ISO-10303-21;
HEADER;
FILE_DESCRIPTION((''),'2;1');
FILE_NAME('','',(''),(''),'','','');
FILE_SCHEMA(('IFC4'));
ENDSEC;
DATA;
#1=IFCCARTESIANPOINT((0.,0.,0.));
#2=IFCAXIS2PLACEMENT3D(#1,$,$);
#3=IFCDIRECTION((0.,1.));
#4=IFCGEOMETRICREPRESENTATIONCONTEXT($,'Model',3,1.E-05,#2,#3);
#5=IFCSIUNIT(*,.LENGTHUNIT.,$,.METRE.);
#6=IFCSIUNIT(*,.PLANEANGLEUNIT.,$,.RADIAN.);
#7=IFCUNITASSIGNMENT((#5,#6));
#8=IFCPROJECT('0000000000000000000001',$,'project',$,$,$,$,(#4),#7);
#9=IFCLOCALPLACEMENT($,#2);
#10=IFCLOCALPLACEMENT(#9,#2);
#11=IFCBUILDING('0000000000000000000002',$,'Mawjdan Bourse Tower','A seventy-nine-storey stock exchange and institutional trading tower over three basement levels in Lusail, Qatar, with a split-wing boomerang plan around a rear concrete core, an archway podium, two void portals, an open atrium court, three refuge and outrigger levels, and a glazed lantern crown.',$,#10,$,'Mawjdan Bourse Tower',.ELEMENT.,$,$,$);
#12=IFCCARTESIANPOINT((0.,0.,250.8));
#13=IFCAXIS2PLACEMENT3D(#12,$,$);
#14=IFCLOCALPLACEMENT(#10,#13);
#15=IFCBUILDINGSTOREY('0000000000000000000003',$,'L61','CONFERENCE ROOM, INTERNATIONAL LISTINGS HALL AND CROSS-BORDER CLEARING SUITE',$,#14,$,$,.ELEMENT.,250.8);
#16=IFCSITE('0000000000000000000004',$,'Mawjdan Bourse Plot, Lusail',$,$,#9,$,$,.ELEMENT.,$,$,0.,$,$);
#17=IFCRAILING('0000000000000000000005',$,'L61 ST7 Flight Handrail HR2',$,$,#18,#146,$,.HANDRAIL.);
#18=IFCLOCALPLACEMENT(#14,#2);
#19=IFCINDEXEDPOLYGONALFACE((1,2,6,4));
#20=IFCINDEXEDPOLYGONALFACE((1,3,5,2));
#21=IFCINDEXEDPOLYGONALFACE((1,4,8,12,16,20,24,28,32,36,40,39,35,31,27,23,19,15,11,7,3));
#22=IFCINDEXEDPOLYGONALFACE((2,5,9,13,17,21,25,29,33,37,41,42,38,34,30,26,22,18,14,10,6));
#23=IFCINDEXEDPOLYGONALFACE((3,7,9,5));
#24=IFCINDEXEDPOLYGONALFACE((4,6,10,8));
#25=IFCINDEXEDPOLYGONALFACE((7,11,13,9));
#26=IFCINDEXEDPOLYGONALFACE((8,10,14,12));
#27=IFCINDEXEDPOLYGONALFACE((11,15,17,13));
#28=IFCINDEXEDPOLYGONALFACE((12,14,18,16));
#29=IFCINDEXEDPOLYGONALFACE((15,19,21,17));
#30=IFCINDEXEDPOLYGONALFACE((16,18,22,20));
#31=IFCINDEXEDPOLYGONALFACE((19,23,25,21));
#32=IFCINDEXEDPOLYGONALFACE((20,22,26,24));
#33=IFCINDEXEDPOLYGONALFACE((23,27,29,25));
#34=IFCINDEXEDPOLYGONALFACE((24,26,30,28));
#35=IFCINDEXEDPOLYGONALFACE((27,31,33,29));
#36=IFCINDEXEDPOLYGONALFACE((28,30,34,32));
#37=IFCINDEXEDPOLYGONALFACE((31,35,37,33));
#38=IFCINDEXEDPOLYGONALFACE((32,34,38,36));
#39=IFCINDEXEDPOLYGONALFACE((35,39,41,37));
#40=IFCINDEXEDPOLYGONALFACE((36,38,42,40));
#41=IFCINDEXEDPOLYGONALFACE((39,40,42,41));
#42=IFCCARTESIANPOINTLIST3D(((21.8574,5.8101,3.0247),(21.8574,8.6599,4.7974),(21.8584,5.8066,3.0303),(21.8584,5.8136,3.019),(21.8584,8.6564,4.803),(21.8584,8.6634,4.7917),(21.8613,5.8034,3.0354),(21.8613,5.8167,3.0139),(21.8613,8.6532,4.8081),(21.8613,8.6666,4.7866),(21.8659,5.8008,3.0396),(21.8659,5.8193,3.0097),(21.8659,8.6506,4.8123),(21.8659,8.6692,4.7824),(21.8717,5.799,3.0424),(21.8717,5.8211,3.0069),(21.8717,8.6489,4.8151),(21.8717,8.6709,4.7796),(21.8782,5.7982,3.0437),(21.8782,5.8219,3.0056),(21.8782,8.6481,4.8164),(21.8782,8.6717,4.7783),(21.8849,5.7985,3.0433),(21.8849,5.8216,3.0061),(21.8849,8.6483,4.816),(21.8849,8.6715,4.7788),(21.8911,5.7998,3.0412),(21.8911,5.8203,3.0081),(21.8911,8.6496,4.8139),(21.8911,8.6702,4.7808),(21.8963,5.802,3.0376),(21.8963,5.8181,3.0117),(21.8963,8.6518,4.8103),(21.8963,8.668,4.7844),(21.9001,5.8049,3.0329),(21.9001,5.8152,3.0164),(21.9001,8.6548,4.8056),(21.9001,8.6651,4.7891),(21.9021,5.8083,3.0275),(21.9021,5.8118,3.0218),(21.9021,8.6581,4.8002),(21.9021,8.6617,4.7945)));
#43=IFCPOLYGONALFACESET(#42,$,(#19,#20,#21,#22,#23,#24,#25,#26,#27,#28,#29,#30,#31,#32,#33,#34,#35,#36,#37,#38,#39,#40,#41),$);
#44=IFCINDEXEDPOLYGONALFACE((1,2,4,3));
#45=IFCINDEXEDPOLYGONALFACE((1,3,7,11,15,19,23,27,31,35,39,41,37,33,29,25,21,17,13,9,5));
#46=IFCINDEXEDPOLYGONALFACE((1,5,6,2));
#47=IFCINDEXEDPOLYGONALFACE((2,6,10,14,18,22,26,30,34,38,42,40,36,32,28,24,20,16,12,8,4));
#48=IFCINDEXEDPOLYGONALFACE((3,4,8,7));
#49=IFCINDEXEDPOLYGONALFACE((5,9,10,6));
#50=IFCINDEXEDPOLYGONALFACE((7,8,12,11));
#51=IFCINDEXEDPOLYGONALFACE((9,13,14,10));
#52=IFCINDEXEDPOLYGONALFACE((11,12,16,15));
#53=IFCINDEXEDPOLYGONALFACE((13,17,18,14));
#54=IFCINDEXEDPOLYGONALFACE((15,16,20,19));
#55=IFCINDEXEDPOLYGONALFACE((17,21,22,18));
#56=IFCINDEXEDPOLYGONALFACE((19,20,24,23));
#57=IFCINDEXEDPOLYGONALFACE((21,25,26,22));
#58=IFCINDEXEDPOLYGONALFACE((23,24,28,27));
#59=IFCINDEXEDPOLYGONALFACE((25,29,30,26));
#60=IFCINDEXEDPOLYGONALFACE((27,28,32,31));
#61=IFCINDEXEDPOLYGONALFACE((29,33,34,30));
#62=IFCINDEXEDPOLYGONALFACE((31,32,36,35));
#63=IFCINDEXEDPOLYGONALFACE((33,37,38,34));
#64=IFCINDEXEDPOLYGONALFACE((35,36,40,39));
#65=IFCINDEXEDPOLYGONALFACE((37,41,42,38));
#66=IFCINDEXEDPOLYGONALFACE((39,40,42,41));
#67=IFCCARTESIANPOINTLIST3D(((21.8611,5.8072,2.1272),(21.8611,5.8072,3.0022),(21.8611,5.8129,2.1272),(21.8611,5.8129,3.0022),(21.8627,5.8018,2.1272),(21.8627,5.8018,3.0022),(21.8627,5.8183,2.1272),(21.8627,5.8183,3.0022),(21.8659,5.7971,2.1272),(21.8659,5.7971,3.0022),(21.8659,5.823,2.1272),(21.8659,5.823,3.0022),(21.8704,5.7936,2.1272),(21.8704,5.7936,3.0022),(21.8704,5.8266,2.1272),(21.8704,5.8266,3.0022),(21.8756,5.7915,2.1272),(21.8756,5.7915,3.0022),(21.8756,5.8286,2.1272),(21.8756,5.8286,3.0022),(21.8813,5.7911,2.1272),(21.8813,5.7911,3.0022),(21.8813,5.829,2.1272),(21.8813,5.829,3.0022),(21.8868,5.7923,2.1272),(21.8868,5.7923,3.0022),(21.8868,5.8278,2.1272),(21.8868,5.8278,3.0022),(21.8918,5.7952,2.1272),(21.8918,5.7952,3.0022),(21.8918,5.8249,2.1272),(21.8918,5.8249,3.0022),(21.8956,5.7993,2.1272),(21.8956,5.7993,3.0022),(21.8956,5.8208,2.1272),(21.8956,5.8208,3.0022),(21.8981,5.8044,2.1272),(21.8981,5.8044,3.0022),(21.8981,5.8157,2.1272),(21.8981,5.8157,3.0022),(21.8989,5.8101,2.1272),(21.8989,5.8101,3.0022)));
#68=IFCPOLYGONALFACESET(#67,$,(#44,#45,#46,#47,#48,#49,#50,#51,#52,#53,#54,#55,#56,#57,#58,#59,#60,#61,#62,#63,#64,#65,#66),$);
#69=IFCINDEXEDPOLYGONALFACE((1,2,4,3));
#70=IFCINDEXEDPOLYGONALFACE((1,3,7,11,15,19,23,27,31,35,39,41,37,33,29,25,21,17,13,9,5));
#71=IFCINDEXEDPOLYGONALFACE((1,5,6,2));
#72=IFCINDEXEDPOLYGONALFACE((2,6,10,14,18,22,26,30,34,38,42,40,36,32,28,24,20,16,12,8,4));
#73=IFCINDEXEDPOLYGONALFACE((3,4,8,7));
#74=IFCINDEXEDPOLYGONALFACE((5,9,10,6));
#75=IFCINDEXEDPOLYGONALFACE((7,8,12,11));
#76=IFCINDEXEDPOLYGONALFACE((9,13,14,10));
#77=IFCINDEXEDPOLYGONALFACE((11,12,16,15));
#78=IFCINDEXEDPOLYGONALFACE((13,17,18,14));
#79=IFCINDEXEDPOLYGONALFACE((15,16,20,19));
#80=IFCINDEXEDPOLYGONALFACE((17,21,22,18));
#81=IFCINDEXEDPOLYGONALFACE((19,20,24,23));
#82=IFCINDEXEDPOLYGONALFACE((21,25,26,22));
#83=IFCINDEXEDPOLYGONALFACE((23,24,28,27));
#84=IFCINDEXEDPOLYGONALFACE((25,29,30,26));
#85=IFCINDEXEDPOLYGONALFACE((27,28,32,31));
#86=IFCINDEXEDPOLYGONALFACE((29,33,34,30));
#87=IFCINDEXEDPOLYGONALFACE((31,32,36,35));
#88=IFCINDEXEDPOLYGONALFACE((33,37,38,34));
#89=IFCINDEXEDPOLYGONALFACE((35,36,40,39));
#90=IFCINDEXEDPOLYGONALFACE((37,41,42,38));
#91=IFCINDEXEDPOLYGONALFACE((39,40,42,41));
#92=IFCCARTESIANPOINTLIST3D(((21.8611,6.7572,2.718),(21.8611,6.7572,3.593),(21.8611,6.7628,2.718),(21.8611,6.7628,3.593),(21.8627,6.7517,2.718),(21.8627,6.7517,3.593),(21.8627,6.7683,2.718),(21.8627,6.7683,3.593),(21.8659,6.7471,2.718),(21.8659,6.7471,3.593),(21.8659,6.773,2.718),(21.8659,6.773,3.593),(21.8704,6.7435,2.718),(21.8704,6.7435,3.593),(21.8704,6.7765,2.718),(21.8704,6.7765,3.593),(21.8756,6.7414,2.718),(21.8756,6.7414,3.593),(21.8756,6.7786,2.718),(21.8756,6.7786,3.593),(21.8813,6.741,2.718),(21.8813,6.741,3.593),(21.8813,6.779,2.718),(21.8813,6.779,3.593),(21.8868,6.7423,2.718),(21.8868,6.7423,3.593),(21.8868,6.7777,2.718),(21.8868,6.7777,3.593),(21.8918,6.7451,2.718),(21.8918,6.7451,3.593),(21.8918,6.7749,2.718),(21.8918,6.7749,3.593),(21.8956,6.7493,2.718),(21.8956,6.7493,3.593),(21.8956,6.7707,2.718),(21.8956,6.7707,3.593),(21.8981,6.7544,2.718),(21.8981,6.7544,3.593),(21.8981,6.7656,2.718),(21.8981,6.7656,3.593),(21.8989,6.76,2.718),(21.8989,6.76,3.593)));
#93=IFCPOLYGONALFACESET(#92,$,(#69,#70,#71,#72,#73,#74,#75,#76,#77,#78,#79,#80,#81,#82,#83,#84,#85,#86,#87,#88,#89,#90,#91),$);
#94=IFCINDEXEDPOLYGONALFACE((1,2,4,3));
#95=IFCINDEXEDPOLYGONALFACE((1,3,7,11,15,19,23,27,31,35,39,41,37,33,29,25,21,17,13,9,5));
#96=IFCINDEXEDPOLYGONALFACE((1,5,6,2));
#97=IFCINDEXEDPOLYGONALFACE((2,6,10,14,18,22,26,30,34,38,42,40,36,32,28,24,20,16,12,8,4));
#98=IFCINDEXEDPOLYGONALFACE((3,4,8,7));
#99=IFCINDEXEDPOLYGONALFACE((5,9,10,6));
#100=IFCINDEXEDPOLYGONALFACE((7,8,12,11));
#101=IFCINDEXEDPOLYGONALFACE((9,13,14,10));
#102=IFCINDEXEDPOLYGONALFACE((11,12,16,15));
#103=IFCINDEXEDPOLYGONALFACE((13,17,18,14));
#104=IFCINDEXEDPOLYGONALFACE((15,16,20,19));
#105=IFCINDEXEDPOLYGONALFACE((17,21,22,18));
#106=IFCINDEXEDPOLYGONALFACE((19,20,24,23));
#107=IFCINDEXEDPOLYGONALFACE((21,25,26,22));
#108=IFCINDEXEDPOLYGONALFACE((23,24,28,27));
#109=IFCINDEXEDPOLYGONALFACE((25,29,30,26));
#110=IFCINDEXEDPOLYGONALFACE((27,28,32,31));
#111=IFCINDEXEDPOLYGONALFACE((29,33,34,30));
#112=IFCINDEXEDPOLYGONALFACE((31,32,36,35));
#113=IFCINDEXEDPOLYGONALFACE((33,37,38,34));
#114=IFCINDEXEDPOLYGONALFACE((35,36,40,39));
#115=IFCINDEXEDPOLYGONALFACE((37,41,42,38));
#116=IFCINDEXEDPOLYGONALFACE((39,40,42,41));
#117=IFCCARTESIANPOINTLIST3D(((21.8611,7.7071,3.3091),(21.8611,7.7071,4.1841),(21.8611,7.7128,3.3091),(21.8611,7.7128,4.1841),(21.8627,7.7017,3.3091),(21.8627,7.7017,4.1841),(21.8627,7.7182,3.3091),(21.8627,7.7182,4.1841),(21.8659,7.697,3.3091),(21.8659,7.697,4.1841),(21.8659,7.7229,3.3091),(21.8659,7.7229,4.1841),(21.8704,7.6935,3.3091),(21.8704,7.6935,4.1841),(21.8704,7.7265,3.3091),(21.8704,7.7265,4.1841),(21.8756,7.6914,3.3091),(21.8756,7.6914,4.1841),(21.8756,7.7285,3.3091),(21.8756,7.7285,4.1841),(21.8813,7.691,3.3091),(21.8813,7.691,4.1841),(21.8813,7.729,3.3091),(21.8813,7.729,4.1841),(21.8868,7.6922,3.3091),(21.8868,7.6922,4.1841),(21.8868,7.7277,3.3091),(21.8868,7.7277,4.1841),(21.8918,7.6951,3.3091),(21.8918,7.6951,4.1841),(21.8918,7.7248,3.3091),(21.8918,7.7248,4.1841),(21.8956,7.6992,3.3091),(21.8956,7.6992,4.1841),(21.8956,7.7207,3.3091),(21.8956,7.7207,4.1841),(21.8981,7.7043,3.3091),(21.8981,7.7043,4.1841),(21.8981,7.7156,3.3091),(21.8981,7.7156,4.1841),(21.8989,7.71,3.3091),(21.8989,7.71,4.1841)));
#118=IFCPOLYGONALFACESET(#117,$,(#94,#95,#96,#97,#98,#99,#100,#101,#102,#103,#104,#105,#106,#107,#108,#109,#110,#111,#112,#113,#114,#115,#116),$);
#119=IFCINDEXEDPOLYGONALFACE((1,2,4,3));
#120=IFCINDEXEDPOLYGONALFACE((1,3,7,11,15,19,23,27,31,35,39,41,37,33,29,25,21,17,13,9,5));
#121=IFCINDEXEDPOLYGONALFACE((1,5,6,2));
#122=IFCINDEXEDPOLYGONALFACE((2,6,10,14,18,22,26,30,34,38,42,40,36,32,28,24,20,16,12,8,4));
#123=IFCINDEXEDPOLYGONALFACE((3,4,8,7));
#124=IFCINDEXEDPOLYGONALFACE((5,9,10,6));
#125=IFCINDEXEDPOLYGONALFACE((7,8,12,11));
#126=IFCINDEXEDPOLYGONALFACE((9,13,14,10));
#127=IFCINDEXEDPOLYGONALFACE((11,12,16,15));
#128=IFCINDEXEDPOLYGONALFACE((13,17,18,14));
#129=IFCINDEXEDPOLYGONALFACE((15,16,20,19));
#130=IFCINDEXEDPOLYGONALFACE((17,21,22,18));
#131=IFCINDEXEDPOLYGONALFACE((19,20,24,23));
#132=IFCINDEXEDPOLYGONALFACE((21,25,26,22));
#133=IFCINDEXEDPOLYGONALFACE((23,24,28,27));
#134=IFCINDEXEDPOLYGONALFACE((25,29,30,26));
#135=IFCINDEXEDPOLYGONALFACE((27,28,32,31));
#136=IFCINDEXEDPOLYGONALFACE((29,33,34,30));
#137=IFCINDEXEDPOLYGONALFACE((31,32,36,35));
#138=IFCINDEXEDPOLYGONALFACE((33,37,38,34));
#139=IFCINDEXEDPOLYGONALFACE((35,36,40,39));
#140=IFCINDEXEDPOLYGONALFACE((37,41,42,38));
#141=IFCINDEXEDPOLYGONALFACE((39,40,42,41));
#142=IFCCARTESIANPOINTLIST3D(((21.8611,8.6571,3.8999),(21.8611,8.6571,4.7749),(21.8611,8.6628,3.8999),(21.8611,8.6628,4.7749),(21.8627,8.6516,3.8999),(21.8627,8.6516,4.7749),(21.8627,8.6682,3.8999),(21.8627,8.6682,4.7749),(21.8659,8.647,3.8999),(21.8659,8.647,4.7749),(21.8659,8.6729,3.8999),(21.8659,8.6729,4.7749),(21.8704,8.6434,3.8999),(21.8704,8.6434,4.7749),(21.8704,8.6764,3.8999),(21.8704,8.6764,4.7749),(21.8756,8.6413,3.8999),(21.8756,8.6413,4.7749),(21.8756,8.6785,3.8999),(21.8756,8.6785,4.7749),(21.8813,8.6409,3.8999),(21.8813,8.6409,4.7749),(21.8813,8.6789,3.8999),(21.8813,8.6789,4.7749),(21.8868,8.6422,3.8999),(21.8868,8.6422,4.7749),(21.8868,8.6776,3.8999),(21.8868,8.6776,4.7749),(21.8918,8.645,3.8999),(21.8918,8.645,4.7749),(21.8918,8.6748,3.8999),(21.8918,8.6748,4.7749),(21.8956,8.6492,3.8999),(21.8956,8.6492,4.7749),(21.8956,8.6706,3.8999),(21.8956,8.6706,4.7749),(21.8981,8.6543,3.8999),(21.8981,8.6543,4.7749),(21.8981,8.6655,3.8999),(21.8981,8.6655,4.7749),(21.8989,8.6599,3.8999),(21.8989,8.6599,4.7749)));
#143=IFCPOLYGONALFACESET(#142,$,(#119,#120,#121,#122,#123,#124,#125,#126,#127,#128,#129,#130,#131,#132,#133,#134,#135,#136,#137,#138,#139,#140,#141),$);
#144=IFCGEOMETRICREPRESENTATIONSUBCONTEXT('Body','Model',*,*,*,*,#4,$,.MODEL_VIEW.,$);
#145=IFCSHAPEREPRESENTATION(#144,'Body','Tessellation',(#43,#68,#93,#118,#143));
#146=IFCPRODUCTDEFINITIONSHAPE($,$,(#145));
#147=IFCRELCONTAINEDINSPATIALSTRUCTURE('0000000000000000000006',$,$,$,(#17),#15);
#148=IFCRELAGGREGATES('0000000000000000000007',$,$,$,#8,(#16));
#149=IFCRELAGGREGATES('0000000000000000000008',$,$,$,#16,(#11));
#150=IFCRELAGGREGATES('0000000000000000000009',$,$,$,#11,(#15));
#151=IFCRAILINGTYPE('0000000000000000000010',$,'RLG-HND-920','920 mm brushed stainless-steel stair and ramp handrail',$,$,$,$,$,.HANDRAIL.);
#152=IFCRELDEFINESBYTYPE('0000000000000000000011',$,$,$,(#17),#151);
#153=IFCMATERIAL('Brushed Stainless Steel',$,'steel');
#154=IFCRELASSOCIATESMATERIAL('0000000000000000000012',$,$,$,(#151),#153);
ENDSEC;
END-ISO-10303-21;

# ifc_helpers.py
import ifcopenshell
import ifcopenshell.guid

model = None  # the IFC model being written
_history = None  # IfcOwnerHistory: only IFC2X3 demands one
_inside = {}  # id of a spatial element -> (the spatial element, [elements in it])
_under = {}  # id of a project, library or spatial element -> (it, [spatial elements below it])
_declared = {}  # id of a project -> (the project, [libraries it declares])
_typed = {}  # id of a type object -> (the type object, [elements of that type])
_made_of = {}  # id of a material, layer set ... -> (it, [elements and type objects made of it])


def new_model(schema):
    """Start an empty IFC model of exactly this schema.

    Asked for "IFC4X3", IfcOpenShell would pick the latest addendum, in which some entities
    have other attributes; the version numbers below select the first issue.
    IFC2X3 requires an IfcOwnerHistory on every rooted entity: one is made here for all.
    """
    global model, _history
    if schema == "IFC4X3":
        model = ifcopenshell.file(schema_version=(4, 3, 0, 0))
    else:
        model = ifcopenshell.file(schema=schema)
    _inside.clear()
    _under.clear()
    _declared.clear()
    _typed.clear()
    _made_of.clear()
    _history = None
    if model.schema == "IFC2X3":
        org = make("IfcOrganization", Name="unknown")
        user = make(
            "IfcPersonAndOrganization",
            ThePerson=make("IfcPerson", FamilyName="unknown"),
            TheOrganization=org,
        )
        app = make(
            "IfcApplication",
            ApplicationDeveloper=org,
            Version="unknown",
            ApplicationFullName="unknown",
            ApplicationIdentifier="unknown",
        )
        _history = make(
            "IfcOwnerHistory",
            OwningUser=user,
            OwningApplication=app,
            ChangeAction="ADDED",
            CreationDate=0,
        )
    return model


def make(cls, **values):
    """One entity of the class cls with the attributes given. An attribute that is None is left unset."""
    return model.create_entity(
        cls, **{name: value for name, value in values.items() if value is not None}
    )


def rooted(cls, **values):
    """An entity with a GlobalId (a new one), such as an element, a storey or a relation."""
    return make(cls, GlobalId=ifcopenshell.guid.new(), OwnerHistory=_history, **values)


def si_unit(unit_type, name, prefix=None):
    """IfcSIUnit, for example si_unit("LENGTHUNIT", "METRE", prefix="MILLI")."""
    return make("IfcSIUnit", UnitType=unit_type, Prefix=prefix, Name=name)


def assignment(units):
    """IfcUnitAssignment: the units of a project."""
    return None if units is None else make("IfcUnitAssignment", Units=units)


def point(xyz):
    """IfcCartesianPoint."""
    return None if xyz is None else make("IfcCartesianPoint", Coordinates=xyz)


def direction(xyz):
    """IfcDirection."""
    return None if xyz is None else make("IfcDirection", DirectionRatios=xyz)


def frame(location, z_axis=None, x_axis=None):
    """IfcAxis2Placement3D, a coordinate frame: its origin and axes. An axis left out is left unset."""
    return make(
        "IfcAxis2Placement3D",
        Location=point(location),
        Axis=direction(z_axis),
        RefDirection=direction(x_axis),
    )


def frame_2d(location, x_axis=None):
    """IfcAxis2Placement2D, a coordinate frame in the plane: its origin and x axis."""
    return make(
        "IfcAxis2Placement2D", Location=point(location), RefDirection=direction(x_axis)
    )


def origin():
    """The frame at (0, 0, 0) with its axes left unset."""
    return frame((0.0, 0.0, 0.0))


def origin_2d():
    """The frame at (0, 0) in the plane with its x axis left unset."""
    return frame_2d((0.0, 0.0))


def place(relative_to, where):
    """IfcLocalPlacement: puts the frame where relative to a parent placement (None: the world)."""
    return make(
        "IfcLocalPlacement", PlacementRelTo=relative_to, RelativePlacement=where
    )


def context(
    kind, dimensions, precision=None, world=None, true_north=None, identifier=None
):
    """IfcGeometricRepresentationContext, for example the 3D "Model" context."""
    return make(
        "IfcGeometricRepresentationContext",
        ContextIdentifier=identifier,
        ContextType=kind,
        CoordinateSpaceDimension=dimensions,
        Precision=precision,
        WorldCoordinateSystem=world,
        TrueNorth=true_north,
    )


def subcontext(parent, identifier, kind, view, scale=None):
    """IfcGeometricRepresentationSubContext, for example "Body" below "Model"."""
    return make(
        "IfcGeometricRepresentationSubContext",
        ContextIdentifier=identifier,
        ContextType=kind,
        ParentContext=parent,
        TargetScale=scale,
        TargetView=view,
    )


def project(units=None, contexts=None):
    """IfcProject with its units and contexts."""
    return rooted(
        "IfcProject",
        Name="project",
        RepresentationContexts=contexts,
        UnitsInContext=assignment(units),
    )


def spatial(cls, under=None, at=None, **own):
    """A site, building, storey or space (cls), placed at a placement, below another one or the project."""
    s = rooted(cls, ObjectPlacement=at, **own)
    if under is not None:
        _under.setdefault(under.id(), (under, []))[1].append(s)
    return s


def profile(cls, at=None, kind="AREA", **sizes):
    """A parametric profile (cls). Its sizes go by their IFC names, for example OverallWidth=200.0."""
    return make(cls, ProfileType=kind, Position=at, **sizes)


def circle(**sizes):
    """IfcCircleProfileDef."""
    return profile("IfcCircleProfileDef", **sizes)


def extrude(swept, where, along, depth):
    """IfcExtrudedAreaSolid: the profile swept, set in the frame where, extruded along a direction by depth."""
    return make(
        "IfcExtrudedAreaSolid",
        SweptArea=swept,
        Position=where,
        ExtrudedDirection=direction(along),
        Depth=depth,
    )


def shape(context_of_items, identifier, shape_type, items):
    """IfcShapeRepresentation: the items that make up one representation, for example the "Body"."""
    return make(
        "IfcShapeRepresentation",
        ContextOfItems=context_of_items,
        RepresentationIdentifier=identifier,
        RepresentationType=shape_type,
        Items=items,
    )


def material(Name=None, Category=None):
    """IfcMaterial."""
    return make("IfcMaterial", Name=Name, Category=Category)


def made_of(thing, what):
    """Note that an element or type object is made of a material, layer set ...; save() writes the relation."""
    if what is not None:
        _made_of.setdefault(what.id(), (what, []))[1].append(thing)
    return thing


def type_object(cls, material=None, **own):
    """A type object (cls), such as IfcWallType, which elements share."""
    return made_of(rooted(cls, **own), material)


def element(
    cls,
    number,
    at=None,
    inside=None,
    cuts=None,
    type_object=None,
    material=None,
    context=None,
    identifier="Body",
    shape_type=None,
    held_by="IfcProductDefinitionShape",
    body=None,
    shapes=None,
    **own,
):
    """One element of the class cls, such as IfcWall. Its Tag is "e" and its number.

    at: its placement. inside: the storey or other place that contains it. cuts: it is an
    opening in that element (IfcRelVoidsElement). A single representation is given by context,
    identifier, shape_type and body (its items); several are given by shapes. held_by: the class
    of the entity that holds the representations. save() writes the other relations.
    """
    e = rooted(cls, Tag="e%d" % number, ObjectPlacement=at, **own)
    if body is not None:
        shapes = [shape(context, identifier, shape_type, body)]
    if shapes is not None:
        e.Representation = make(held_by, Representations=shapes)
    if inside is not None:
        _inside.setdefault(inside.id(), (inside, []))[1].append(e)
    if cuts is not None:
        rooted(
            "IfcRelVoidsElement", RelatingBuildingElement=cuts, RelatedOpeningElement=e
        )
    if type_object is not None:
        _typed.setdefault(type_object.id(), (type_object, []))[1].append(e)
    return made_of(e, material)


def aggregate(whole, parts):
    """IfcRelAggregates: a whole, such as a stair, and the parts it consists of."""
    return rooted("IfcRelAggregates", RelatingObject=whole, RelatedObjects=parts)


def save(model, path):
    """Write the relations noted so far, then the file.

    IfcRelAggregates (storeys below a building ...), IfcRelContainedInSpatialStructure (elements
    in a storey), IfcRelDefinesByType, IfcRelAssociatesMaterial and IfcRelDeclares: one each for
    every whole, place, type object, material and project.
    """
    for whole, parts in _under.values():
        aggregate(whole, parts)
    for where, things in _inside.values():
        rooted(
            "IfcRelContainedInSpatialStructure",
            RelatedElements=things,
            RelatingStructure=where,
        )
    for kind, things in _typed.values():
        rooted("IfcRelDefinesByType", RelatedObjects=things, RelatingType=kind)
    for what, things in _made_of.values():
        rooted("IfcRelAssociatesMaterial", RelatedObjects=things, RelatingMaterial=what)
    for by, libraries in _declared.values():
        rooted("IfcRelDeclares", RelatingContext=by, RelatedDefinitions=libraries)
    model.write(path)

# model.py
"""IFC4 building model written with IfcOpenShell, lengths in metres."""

from ifc_helpers import new_model, si_unit, direction, frame, origin, origin_2d, place, context, subcontext, project, spatial, circle, extrude, material, type_object, element, save


model = new_model("IFC4")

# Units and contexts
model_context = context("Model", 3, precision=1e-05, world=origin(), true_north=direction((0.0, 1.0)))
body_context = subcontext(model_context, "Body", "Model", "MODEL_VIEW")
ifc_project = project(units=[si_unit("LENGTHUNIT", "METRE"), si_unit("PLANEANGLEUNIT", "RADIAN")], contexts=[model_context])

# Site, building, storey
site_placement = place(None, origin())
site = spatial("IfcSite", under=ifc_project, at=site_placement, Name="Mawjdan Bourse Plot, Lusail", CompositionType="ELEMENT", RefElevation=0.0)
building_placement = place(site_placement, origin())
building = spatial("IfcBuilding", under=site, at=building_placement, Name="Mawjdan Bourse Tower", Description="A seventy-nine-storey stock exchange and institutional trading tower over three basement levels in Lusail, Qatar, with a split-wing boomerang plan around a rear concrete core, an archway podium, two void portals, an open atrium court, three refuge and outrigger levels, and a glazed lantern crown.", LongName="Mawjdan Bourse Tower", CompositionType="ELEMENT")
storey_placement = place(building_placement, frame((0.0, 0.0, 250.8)))
storey = spatial("IfcBuildingStorey", under=building, at=storey_placement, Name="L61", Description="CONFERENCE ROOM, INTERNATIONAL LISTINGS HALL AND CROSS-BORDER CLEARING SUITE", CompositionType="ELEMENT", Elevation=250.8)

# Railing
ifc_material_1 = material(Name="Brushed Stainless Steel", Category="steel")
railing_type_1 = type_object("IfcRailingType", Name="RLG-HND-920", Description="920 mm brushed stainless-steel stair and ramp handrail", PredefinedType="HANDRAIL", material=ifc_material_1)
railing_1_placement = place(storey_placement, frame((21.8799, 5.8101, 2.1272)))
element("IfcRailing", 1, at=railing_1_placement, inside=storey, type_object=railing_type_1, Name="L61 ST7 Flight Handrail HR2", PredefinedType="HANDRAIL", context=body_context, shape_type="SweptSolid", body=[
    extrude(circle(Radius=0.0225, at=origin_2d()), frame((0.0, 0.0, 0.8975), z_axis=(0.0, 0.849128, 0.528187), x_axis=(-1.0, 0.0, 0.0)), (0.0, 0.0, 1.0), 3.3562),
    extrude(circle(Radius=0.019, at=origin_2d()), origin(), (0.0, 0.0, 1.0), 0.875),
    extrude(circle(Radius=0.019, at=origin_2d()), frame((0.0, 0.95, 0.5908)), (0.0, 0.0, 1.0), 0.875),
    extrude(circle(Radius=0.019, at=origin_2d()), frame((0.0, 1.8999, 1.1819)), (0.0, 0.0, 1.0), 0.875),
    extrude(circle(Radius=0.019, at=origin_2d()), frame((0.0, 2.8499, 1.7727)), (0.0, 0.0, 1.0), 0.875),
])

save(model, "model.ifc")
